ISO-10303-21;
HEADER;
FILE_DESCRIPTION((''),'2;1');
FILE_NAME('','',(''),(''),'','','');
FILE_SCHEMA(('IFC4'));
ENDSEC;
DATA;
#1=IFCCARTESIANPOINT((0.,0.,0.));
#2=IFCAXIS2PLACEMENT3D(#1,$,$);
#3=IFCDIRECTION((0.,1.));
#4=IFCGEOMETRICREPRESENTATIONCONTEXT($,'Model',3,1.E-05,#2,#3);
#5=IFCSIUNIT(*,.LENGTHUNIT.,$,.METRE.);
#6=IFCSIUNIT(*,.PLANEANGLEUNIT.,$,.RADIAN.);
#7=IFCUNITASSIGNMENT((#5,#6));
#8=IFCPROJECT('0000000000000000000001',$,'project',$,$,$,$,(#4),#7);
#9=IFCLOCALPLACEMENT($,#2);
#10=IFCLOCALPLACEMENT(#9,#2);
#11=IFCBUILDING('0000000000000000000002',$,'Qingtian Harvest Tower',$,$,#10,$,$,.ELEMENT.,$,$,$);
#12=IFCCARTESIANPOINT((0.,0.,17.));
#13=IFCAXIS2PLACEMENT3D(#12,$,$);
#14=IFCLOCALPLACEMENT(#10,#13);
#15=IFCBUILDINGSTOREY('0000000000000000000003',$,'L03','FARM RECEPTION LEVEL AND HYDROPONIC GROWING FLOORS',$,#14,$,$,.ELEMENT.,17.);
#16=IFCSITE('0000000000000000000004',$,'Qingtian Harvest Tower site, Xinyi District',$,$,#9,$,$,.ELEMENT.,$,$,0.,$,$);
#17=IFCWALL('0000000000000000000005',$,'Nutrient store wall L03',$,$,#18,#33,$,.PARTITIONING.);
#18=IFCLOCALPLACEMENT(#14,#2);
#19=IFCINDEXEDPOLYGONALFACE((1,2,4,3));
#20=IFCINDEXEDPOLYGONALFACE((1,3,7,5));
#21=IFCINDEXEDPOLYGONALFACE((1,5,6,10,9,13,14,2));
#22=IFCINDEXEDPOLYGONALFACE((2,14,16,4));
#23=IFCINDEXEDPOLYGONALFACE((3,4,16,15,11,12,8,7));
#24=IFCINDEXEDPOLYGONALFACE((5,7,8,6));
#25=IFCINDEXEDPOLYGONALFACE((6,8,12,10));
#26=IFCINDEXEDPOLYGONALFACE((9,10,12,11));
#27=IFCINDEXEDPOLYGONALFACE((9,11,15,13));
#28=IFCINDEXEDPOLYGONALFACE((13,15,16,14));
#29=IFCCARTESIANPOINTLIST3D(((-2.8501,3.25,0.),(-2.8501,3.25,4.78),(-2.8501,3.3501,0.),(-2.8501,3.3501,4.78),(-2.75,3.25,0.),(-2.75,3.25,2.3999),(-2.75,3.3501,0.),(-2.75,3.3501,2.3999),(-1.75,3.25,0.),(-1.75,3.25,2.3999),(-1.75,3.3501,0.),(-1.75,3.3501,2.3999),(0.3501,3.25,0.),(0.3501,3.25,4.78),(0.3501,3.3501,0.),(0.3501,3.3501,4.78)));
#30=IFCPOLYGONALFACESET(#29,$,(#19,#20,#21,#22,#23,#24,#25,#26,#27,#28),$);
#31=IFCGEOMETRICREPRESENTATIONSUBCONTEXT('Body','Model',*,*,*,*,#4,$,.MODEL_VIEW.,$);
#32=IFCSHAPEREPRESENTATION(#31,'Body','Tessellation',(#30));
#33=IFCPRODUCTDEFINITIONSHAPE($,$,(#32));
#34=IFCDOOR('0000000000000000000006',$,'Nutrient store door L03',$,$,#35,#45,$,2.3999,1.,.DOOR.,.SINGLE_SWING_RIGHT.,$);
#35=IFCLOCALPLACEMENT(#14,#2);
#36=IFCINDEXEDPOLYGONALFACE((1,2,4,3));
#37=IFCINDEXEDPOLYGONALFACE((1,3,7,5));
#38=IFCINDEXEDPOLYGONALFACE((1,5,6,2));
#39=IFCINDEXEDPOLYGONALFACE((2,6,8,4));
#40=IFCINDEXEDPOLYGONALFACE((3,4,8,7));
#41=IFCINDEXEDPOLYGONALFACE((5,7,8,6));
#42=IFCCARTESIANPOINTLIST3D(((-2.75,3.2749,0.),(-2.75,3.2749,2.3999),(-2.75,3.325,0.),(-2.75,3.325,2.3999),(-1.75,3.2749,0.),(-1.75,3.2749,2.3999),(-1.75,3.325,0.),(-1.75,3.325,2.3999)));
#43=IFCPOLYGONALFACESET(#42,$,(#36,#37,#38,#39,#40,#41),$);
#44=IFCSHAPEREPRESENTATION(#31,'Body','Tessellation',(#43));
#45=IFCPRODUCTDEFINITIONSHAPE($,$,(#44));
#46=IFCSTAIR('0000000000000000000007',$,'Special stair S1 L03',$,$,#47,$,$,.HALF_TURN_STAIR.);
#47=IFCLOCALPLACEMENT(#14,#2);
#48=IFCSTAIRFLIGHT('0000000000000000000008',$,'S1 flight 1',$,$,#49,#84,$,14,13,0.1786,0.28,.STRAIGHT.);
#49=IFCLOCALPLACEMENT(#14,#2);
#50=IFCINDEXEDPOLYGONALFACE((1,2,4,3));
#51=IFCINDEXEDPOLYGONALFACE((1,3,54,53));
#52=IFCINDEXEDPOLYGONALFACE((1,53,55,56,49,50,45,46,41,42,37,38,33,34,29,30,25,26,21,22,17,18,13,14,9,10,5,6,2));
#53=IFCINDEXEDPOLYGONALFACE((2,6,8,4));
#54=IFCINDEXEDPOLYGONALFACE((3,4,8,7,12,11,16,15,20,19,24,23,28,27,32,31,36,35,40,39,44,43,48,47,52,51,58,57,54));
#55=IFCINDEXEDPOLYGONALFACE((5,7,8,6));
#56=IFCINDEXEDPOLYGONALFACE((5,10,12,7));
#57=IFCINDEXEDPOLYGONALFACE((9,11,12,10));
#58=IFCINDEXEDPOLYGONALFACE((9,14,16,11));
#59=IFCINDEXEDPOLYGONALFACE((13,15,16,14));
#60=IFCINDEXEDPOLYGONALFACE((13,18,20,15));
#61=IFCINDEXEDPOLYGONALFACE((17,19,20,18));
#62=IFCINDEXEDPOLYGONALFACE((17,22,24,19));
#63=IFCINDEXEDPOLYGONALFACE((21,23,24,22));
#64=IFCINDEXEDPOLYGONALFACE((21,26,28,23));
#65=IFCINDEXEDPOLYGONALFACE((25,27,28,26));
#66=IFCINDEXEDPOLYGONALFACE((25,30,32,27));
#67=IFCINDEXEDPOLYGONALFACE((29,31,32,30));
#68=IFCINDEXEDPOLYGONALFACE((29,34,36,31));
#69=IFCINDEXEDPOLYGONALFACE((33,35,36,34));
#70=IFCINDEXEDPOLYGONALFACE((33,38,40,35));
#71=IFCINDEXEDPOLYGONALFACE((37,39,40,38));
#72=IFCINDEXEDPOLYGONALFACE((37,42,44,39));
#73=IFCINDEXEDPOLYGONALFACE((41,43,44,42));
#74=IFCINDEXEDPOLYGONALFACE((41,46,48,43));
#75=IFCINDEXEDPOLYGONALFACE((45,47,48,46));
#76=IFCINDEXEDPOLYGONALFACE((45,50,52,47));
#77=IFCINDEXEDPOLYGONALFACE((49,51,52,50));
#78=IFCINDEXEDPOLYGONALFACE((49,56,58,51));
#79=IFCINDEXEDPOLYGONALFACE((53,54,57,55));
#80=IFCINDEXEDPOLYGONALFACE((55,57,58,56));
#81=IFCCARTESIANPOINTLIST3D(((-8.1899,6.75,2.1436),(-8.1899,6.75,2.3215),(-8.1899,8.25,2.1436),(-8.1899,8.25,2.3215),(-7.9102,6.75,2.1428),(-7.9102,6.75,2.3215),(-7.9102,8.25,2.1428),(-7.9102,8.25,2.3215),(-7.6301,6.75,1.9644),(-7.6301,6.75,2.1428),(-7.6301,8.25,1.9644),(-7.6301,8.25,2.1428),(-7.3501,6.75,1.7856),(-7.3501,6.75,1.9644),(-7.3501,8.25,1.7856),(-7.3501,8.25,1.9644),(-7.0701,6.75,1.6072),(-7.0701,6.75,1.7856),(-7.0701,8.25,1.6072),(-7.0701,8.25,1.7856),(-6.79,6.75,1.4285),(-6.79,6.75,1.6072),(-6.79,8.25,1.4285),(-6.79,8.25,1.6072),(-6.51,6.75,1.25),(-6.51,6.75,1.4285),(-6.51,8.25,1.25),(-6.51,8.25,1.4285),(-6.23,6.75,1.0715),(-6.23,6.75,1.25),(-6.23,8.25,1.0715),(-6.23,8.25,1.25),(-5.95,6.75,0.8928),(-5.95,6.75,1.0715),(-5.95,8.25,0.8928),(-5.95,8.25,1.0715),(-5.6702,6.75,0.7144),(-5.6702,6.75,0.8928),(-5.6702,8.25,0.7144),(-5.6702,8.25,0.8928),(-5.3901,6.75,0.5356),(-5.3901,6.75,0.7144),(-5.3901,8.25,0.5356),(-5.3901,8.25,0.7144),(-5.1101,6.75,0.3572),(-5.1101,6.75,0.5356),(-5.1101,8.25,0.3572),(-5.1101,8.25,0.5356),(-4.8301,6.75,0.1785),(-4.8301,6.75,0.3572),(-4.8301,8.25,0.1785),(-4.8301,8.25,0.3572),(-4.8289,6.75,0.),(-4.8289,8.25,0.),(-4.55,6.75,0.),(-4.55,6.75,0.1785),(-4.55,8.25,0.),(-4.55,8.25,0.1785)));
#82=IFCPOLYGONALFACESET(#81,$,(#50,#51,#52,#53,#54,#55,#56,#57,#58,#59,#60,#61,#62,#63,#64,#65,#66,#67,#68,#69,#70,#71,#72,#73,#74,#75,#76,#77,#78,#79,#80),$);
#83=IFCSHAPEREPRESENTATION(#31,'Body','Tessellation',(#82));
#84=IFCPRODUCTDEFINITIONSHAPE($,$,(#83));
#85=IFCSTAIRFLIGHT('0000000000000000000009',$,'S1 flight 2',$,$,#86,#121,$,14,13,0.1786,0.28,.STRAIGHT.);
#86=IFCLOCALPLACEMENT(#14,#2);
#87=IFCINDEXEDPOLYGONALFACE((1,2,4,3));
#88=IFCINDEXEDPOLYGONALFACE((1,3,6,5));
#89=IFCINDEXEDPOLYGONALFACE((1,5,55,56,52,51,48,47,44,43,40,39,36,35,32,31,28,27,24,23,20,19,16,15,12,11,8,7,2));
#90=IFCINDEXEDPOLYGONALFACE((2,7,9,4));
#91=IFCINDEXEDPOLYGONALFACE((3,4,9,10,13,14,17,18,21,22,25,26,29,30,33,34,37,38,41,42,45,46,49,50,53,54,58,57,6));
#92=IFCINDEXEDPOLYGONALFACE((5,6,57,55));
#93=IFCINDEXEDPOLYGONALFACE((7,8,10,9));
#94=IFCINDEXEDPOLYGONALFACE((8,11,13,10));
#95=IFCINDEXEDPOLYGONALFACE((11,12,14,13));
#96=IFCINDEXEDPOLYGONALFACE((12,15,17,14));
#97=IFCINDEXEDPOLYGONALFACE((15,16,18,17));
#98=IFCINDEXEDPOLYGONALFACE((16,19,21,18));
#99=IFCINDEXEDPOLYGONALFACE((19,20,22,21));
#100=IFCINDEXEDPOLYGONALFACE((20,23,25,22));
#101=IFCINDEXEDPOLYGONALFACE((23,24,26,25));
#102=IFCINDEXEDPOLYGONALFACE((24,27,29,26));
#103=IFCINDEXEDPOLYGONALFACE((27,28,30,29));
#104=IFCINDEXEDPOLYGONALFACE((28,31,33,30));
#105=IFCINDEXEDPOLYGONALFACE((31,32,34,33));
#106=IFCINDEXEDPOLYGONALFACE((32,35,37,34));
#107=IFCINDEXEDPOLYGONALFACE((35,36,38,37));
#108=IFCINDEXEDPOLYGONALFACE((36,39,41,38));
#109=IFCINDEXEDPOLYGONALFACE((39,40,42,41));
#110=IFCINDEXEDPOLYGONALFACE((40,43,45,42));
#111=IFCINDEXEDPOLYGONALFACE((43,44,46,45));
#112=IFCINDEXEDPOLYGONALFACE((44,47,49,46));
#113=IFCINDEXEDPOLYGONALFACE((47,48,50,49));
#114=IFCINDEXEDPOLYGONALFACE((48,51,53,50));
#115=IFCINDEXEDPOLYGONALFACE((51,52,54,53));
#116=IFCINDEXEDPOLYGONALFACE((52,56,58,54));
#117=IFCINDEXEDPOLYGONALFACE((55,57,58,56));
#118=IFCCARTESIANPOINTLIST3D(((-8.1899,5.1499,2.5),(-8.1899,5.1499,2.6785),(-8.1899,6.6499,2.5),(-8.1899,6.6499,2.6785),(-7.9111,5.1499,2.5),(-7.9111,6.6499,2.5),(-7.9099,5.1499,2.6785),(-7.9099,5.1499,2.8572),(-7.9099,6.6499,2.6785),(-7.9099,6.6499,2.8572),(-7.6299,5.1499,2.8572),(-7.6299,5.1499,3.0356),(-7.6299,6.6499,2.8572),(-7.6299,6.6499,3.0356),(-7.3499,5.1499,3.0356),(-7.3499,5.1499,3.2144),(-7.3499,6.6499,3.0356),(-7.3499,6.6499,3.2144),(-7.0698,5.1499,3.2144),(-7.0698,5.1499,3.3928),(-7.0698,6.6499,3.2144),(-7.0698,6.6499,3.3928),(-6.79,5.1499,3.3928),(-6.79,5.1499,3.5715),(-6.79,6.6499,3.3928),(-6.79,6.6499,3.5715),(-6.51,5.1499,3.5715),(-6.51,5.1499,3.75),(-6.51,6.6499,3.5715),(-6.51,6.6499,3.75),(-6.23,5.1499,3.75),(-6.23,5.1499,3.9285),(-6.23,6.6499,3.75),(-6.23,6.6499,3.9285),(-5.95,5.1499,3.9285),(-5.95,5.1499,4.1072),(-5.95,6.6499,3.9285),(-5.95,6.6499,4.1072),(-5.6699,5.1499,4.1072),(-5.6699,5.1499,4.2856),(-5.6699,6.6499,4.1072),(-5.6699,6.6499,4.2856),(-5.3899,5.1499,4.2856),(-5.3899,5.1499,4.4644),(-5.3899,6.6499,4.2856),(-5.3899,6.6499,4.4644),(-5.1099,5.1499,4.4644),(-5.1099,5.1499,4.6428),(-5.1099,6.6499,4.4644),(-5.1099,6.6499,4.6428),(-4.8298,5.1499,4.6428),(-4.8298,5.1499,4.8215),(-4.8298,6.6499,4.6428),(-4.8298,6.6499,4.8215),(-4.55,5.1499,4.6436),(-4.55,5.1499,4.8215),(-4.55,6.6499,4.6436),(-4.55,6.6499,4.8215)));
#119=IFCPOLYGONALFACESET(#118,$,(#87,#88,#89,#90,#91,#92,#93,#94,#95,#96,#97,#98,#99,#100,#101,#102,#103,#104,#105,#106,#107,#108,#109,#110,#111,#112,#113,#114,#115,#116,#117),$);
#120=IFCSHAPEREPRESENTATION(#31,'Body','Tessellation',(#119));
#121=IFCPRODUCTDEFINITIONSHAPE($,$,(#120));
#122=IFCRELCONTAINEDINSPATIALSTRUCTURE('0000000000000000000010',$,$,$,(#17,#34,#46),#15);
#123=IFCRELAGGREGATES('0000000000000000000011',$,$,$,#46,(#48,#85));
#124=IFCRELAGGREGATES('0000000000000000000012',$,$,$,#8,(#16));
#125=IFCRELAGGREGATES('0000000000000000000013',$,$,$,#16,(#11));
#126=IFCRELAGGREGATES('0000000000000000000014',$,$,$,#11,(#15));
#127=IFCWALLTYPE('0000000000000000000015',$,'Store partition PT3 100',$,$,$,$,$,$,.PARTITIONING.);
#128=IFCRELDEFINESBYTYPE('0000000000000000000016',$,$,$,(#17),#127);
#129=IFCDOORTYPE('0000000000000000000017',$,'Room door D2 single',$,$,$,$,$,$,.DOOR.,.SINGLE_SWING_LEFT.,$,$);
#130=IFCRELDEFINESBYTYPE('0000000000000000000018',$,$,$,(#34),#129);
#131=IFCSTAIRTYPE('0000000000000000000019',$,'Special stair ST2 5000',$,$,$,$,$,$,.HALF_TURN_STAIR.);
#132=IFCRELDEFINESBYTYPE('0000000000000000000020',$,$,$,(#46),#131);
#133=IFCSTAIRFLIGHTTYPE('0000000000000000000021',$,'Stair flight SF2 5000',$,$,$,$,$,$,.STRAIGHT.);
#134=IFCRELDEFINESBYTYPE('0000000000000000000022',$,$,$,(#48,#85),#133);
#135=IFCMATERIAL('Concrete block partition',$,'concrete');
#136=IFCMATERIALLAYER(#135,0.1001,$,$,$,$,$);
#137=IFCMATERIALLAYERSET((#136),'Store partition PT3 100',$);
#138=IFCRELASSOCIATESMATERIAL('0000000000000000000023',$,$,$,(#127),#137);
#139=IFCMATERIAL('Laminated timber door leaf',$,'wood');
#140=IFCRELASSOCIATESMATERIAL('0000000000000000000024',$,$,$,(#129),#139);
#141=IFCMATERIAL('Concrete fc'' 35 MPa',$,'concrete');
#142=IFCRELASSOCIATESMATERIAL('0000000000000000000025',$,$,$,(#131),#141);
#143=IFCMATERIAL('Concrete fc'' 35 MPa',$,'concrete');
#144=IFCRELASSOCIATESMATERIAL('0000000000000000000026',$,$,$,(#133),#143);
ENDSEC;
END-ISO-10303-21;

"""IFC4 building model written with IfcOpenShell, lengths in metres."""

from ifc_helpers import new_model, si_unit, direction, frame, frame_2d, origin, place, context, subcontext, project, spatial, polyline, rectangle, outline, extrude, material, layer, layer_set, type_object, element, fill, aggregate, save


model = new_model("IFC4")

# Units and contexts
model_context = context("Model", 3, precision=1e-05, world=origin(), true_north=direction((0.0, 1.0)))
body_context = subcontext(model_context, "Body", "Model", "MODEL_VIEW")
ifc_project = project(units=[si_unit("LENGTHUNIT", "METRE"), si_unit("PLANEANGLEUNIT", "RADIAN")], contexts=[model_context])

# Site, building, storey
site_placement = place(None, origin())
site = spatial("IfcSite", under=ifc_project, at=site_placement, Name="Qingtian Harvest Tower site, Xinyi District", CompositionType="ELEMENT", RefElevation=0.0)
building_placement = place(site_placement, origin())
building = spatial("IfcBuilding", under=site, at=building_placement, Name="Qingtian Harvest Tower", CompositionType="ELEMENT")
storey_placement = place(building_placement, frame((0.0, 0.0, 17.0)))
storey = spatial("IfcBuildingStorey", under=building, at=storey_placement, Name="L03", Description="FARM RECEPTION LEVEL AND HYDROPONIC GROWING FLOORS", CompositionType="ELEMENT", Elevation=17.0)

# Wall, opening, door
ifc_material_1 = material(Name="Concrete block partition", Category="concrete")
ifc_layer_1 = layer(ifc_material_1, 0.1001)
ifc_layer_set_1 = layer_set([ifc_layer_1], Name="Store partition PT3 100")
wall_type_1 = type_object("IfcWallType", Name="Store partition PT3 100", PredefinedType="PARTITIONING", material=ifc_layer_set_1)
wall_1_placement = place(storey_placement, frame((-2.8501, 3.3, 0.0), z_axis=(0.0, 0.0, 1.0), x_axis=(1.0, 0.0, 0.0)))
wall_1 = element("IfcWall", 1, at=wall_1_placement, inside=storey, type_object=wall_type_1, Name="Nutrient store wall L03", PredefinedType="PARTITIONING", context=body_context, shape_type="SweptSolid", body=[
    extrude(rectangle(XDim=3.2002, YDim=0.1001, at=frame_2d((1.6001, 0.0))), origin(), (0.0, 0.0, 1.0), 4.78),
])
opening_1_placement = place(wall_1_placement, frame((0.1001, 0.0, 0.0)))
opening_1 = element("IfcOpeningElement", 2, at=opening_1_placement, cuts=wall_1, PredefinedType="OPENING", context=body_context, shape_type="SweptSolid", body=[
    extrude(rectangle(XDim=1.0, YDim=2.3999, at=frame_2d((0.5, 1.2))), frame((0.0, 0.0601, 0.0), z_axis=(0.0, -1.0, 0.0), x_axis=(1.0, 0.0, 0.0)), (0.0, 0.0, 1.0), 0.1201),
])
ifc_material_2 = material(Name="Laminated timber door leaf", Category="wood")
door_type_1 = type_object("IfcDoorType", Name="Room door D2 single", OperationType="SINGLE_SWING_LEFT", PredefinedType="DOOR", material=ifc_material_2)
door_1_placement = place(opening_1_placement, origin())
door_1 = element("IfcDoor", 3, at=door_1_placement, inside=storey, type_object=door_type_1, Name="Nutrient store door L03", OperationType="SINGLE_SWING_RIGHT", OverallHeight=2.3999, OverallWidth=1.0, PredefinedType="DOOR", context=body_context, shape_type="SweptSolid", body=[
    extrude(rectangle(XDim=1.0, YDim=2.3999, at=frame_2d((0.5, 1.2))), frame((0.0, 0.0249, 0.0), z_axis=(0.0, -1.0, 0.0), x_axis=(1.0, 0.0, 0.0)), (0.0, 0.0, 1.0), 0.05),
])
fill(opening_1, door_1)

# Stair, stair flights
ifc_material_3 = material(Name="Concrete fc' 35 MPa", Category="concrete")
stair_type = type_object("IfcStairType", Name="Special stair ST2 5000", PredefinedType="HALF_TURN_STAIR", material=ifc_material_3)
stair_placement = place(storey_placement, origin())
stair = element("IfcStair", 4, at=stair_placement, inside=storey, type_object=stair_type, Name="Special stair S1 L03", PredefinedType="HALF_TURN_STAIR")
ifc_material_4 = material(Name="Concrete fc' 35 MPa", Category="concrete")
stair_flight_type = type_object("IfcStairFlightType", Name="Stair flight SF2 5000", PredefinedType="STRAIGHT", material=ifc_material_4)
stair_flight_1_placement = place(storey_placement, frame((-4.55, 7.5, 0.0), z_axis=(0.0, 0.0, 1.0), x_axis=(-1.0, 0.0, 0.0)))
stair_flight_1 = element("IfcStairFlight", 5, at=stair_flight_1_placement, type_object=stair_flight_type, Name="S1 flight 1", NumberOfRisers=14, NumberOfTreads=13, PredefinedType="STRAIGHT", RiserHeight=0.1786, TreadLength=0.28, context=body_context, shape_type="SweptSolid", body=[
    extrude(outline(polyline([(0.0, 0.0), (0.0, 0.1785), (0.28, 0.1785), (0.28, 0.3572), (0.5601, 0.3572), (0.5601, 0.5356), (0.8401, 0.5356), (0.8401, 0.7144), (1.1201, 0.7144), (1.1201, 0.8928), (1.3999, 0.8928), (1.3999, 1.0715), (1.6799, 1.0715), (1.6799, 1.25), (1.96, 1.25), (1.96, 1.4285), (2.24, 1.4285), (2.24, 1.6072), (2.52, 1.6072), (2.52, 1.7856), (2.8, 1.7856), (2.8, 1.9644), (3.0801, 1.9644), (3.0801, 2.1428), (3.3601, 2.1428), (3.3601, 2.3215), (3.6399, 2.3215), (3.6399, 2.5), (3.6399, 2.1436), (0.2788, 0.0), (0.0, 0.0)])), frame((0.0, 0.75, 0.0), z_axis=(0.0, -1.0, 0.0), x_axis=(1.0, 0.0, 0.0)), (0.0, 0.0, 1.0), 1.5),
])
stair_flight_2_placement = place(storey_placement, frame((-8.1899, 5.8999, 2.5), z_axis=(0.0, 0.0, 1.0), x_axis=(1.0, 0.0, 0.0)))
stair_flight_2 = element("IfcStairFlight", 6, at=stair_flight_2_placement, type_object=stair_flight_type, Name="S1 flight 2", NumberOfRisers=14, NumberOfTreads=13, PredefinedType="STRAIGHT", RiserHeight=0.1786, TreadLength=0.28, context=body_context, shape_type="SweptSolid", body=[
    extrude(outline(polyline([(0.0, 0.0), (0.0, 0.1785), (0.28, 0.1785), (0.28, 0.3572), (0.5601, 0.3572), (0.5601, 0.5356), (0.8401, 0.5356), (0.8401, 0.7144), (1.1201, 0.7144), (1.1201, 0.8928), (1.3999, 0.8928), (1.3999, 1.0715), (1.6799, 1.0715), (1.6799, 1.25), (1.96, 1.25), (1.96, 1.4285), (2.24, 1.4285), (2.24, 1.6072), (2.52, 1.6072), (2.52, 1.7856), (2.8, 1.7856), (2.8, 1.9644), (3.0801, 1.9644), (3.0801, 2.1428), (3.3601, 2.1428), (3.3601, 2.3215), (3.6399, 2.3215), (3.6399, 2.5), (3.6399, 2.1436), (0.2788, 0.0), (0.0, 0.0)])), frame((0.0, 0.75, 0.0), z_axis=(0.0, -1.0, 0.0), x_axis=(1.0, 0.0, 0.0)), (0.0, 0.0, 1.0), 1.5),
])
aggregate(stair, [stair_flight_1, stair_flight_2])

save(model, "model.ifc")
